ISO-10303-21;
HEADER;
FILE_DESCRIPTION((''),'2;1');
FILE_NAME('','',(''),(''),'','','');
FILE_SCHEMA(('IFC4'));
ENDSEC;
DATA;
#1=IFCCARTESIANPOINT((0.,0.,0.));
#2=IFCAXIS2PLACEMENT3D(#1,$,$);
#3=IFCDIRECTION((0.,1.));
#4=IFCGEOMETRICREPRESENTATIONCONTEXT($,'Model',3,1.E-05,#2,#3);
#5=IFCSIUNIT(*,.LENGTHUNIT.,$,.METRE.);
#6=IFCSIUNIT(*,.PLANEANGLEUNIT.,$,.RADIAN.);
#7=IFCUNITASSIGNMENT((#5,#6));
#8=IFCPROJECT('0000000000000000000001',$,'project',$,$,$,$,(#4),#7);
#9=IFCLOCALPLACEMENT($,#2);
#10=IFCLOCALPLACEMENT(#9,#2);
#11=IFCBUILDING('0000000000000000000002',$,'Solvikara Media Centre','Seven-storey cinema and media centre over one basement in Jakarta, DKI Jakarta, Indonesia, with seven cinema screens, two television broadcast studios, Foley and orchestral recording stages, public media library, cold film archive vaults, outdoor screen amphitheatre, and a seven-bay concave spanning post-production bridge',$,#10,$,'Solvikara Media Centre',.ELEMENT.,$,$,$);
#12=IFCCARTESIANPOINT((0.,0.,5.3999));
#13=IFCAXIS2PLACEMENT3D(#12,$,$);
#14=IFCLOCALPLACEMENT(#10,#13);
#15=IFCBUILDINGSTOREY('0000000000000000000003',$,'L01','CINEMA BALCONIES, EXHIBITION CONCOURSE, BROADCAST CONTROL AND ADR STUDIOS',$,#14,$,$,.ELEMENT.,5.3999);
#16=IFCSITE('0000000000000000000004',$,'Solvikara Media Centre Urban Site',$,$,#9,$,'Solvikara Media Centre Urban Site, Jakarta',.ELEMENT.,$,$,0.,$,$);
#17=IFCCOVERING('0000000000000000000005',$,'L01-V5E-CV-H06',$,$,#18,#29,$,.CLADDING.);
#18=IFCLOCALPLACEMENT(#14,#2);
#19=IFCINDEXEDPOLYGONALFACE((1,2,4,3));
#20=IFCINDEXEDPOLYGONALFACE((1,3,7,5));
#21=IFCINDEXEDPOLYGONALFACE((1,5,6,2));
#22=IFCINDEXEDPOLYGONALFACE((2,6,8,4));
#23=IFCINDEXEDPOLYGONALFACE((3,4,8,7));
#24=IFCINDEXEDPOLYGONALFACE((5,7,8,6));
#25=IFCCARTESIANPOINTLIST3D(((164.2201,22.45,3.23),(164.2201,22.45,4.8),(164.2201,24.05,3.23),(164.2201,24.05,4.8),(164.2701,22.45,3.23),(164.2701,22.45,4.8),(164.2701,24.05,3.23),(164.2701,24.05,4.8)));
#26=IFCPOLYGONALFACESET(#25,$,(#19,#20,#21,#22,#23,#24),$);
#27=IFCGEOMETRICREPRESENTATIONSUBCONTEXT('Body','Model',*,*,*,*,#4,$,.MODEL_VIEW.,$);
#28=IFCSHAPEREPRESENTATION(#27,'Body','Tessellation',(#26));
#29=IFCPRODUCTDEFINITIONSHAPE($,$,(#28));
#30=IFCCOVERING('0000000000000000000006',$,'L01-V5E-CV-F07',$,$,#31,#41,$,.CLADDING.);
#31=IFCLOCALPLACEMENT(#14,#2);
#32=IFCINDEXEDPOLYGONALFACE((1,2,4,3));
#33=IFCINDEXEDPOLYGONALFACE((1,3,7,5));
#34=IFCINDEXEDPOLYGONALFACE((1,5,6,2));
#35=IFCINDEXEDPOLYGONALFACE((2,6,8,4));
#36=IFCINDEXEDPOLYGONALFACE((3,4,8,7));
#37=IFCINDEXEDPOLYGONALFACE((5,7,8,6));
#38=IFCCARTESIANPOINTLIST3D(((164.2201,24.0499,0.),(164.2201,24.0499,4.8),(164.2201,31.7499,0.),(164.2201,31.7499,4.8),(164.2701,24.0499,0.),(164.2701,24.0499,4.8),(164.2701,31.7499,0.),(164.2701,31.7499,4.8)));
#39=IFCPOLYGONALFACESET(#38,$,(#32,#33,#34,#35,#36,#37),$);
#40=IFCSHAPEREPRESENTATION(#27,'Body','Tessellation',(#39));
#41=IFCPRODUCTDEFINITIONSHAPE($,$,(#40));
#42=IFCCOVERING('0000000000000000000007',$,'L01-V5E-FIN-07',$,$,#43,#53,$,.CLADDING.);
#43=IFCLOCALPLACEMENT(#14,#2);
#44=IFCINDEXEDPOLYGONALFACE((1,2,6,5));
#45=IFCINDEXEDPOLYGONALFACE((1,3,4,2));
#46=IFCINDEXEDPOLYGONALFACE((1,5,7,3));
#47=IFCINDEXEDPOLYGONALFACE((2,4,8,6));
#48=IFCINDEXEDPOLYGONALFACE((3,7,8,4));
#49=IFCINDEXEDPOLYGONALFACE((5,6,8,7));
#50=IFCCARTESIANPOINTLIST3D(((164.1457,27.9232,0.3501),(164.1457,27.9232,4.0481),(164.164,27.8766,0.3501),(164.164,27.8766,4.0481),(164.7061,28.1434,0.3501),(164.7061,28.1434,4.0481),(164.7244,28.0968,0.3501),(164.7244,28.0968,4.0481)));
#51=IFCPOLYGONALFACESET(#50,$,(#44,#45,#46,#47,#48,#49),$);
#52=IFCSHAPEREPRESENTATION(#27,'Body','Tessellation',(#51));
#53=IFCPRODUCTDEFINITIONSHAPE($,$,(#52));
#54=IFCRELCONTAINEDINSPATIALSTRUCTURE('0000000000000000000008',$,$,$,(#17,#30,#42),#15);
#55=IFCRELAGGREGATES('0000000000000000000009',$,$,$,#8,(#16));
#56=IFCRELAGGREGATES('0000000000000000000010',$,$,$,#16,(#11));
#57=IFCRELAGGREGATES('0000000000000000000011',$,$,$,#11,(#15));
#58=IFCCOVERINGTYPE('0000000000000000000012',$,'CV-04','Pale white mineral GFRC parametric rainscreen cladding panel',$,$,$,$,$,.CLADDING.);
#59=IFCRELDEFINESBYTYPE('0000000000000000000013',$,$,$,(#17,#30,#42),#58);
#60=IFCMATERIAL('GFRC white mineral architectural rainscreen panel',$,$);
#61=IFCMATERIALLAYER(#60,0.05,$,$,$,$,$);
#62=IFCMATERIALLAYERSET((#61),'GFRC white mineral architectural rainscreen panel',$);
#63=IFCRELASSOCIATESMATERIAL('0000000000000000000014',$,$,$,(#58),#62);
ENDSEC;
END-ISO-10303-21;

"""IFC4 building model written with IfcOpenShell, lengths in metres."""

from ifc_helpers import new_model, si_unit, direction, frame, origin, origin_2d, place, context, subcontext, project, spatial, rectangle, extrude, material, layer, layer_set, type_object, element, save


model = new_model("IFC4")

# Units and contexts
model_context = context("Model", 3, precision=1e-05, world=origin(), true_north=direction((0.0, 1.0)))
body_context = subcontext(model_context, "Body", "Model", "MODEL_VIEW")
ifc_project = project(units=[si_unit("LENGTHUNIT", "METRE"), si_unit("PLANEANGLEUNIT", "RADIAN")], contexts=[model_context])

# Site, building, storey
site_placement = place(None, origin())
site = spatial("IfcSite", under=ifc_project, at=site_placement, Name="Solvikara Media Centre Urban Site", LongName="Solvikara Media Centre Urban Site, Jakarta", CompositionType="ELEMENT", RefElevation=0.0)
building_placement = place(site_placement, origin())
building = spatial("IfcBuilding", under=site, at=building_placement, Name="Solvikara Media Centre", Description="Seven-storey cinema and media centre over one basement in Jakarta, DKI Jakarta, Indonesia, with seven cinema screens, two television broadcast studios, Foley and orchestral recording stages, public media library, cold film archive vaults, outdoor screen amphitheatre, and a seven-bay concave spanning post-production bridge", LongName="Solvikara Media Centre", CompositionType="ELEMENT")
storey_placement = place(building_placement, frame((0.0, 0.0, 5.3999)))
storey = spatial("IfcBuildingStorey", under=building, at=storey_placement, Name="L01", Description="CINEMA BALCONIES, EXHIBITION CONCOURSE, BROADCAST CONTROL AND ADR STUDIOS", CompositionType="ELEMENT", Elevation=5.3999)

# Coverings
ifc_material_1 = material(Name="GFRC white mineral architectural rainscreen panel")
ifc_layer = layer(ifc_material_1, 0.05)
ifc_layer_set = layer_set([ifc_layer], Name="GFRC white mineral architectural rainscreen panel")
covering_type = type_object("IfcCoveringType", Name="CV-04", Description="Pale white mineral GFRC parametric rainscreen cladding panel", PredefinedType="CLADDING", material=ifc_layer_set)
covering_1_placement = place(storey_placement, frame((164.2451, 23.25, 3.23), z_axis=(0.0, 0.0, 1.0), x_axis=(0.0, 1.0, 0.0)))
element("IfcCovering", 1, at=covering_1_placement, inside=storey, type_object=covering_type, Name="L01-V5E-CV-H06", PredefinedType="CLADDING", context=body_context, shape_type="SweptSolid", body=[
    extrude(rectangle(XDim=1.6001, YDim=0.05, at=origin_2d()), origin(), (0.0, 0.0, 1.0), 1.5701),
])
covering_2_placement = place(storey_placement, frame((164.2451, 27.8999, 0.0), z_axis=(0.0, 0.0, 1.0), x_axis=(0.0, 1.0, 0.0)))
element("IfcCovering", 2, at=covering_2_placement, inside=storey, type_object=covering_type, Name="L01-V5E-CV-F07", PredefinedType="CLADDING", context=body_context, shape_type="SweptSolid", body=[
    extrude(rectangle(XDim=7.7, YDim=0.05, at=origin_2d()), origin(), (0.0, 0.0, 1.0), 4.8),
])
covering_3_placement = place(storey_placement, frame((164.4351, 28.01, 0.3501), z_axis=(0.0, 0.0, 1.0), x_axis=(0.93075, 0.365657, 0.0)))
element("IfcCovering", 3, at=covering_3_placement, inside=storey, type_object=covering_type, Name="L01-V5E-FIN-07", PredefinedType="CLADDING", context=body_context, shape_type="SweptSolid", body=[
    extrude(rectangle(XDim=0.6021, YDim=0.05, at=origin_2d()), origin(), (0.0, 0.0, 1.0), 3.698),
])

save(model, "model.ifc")
